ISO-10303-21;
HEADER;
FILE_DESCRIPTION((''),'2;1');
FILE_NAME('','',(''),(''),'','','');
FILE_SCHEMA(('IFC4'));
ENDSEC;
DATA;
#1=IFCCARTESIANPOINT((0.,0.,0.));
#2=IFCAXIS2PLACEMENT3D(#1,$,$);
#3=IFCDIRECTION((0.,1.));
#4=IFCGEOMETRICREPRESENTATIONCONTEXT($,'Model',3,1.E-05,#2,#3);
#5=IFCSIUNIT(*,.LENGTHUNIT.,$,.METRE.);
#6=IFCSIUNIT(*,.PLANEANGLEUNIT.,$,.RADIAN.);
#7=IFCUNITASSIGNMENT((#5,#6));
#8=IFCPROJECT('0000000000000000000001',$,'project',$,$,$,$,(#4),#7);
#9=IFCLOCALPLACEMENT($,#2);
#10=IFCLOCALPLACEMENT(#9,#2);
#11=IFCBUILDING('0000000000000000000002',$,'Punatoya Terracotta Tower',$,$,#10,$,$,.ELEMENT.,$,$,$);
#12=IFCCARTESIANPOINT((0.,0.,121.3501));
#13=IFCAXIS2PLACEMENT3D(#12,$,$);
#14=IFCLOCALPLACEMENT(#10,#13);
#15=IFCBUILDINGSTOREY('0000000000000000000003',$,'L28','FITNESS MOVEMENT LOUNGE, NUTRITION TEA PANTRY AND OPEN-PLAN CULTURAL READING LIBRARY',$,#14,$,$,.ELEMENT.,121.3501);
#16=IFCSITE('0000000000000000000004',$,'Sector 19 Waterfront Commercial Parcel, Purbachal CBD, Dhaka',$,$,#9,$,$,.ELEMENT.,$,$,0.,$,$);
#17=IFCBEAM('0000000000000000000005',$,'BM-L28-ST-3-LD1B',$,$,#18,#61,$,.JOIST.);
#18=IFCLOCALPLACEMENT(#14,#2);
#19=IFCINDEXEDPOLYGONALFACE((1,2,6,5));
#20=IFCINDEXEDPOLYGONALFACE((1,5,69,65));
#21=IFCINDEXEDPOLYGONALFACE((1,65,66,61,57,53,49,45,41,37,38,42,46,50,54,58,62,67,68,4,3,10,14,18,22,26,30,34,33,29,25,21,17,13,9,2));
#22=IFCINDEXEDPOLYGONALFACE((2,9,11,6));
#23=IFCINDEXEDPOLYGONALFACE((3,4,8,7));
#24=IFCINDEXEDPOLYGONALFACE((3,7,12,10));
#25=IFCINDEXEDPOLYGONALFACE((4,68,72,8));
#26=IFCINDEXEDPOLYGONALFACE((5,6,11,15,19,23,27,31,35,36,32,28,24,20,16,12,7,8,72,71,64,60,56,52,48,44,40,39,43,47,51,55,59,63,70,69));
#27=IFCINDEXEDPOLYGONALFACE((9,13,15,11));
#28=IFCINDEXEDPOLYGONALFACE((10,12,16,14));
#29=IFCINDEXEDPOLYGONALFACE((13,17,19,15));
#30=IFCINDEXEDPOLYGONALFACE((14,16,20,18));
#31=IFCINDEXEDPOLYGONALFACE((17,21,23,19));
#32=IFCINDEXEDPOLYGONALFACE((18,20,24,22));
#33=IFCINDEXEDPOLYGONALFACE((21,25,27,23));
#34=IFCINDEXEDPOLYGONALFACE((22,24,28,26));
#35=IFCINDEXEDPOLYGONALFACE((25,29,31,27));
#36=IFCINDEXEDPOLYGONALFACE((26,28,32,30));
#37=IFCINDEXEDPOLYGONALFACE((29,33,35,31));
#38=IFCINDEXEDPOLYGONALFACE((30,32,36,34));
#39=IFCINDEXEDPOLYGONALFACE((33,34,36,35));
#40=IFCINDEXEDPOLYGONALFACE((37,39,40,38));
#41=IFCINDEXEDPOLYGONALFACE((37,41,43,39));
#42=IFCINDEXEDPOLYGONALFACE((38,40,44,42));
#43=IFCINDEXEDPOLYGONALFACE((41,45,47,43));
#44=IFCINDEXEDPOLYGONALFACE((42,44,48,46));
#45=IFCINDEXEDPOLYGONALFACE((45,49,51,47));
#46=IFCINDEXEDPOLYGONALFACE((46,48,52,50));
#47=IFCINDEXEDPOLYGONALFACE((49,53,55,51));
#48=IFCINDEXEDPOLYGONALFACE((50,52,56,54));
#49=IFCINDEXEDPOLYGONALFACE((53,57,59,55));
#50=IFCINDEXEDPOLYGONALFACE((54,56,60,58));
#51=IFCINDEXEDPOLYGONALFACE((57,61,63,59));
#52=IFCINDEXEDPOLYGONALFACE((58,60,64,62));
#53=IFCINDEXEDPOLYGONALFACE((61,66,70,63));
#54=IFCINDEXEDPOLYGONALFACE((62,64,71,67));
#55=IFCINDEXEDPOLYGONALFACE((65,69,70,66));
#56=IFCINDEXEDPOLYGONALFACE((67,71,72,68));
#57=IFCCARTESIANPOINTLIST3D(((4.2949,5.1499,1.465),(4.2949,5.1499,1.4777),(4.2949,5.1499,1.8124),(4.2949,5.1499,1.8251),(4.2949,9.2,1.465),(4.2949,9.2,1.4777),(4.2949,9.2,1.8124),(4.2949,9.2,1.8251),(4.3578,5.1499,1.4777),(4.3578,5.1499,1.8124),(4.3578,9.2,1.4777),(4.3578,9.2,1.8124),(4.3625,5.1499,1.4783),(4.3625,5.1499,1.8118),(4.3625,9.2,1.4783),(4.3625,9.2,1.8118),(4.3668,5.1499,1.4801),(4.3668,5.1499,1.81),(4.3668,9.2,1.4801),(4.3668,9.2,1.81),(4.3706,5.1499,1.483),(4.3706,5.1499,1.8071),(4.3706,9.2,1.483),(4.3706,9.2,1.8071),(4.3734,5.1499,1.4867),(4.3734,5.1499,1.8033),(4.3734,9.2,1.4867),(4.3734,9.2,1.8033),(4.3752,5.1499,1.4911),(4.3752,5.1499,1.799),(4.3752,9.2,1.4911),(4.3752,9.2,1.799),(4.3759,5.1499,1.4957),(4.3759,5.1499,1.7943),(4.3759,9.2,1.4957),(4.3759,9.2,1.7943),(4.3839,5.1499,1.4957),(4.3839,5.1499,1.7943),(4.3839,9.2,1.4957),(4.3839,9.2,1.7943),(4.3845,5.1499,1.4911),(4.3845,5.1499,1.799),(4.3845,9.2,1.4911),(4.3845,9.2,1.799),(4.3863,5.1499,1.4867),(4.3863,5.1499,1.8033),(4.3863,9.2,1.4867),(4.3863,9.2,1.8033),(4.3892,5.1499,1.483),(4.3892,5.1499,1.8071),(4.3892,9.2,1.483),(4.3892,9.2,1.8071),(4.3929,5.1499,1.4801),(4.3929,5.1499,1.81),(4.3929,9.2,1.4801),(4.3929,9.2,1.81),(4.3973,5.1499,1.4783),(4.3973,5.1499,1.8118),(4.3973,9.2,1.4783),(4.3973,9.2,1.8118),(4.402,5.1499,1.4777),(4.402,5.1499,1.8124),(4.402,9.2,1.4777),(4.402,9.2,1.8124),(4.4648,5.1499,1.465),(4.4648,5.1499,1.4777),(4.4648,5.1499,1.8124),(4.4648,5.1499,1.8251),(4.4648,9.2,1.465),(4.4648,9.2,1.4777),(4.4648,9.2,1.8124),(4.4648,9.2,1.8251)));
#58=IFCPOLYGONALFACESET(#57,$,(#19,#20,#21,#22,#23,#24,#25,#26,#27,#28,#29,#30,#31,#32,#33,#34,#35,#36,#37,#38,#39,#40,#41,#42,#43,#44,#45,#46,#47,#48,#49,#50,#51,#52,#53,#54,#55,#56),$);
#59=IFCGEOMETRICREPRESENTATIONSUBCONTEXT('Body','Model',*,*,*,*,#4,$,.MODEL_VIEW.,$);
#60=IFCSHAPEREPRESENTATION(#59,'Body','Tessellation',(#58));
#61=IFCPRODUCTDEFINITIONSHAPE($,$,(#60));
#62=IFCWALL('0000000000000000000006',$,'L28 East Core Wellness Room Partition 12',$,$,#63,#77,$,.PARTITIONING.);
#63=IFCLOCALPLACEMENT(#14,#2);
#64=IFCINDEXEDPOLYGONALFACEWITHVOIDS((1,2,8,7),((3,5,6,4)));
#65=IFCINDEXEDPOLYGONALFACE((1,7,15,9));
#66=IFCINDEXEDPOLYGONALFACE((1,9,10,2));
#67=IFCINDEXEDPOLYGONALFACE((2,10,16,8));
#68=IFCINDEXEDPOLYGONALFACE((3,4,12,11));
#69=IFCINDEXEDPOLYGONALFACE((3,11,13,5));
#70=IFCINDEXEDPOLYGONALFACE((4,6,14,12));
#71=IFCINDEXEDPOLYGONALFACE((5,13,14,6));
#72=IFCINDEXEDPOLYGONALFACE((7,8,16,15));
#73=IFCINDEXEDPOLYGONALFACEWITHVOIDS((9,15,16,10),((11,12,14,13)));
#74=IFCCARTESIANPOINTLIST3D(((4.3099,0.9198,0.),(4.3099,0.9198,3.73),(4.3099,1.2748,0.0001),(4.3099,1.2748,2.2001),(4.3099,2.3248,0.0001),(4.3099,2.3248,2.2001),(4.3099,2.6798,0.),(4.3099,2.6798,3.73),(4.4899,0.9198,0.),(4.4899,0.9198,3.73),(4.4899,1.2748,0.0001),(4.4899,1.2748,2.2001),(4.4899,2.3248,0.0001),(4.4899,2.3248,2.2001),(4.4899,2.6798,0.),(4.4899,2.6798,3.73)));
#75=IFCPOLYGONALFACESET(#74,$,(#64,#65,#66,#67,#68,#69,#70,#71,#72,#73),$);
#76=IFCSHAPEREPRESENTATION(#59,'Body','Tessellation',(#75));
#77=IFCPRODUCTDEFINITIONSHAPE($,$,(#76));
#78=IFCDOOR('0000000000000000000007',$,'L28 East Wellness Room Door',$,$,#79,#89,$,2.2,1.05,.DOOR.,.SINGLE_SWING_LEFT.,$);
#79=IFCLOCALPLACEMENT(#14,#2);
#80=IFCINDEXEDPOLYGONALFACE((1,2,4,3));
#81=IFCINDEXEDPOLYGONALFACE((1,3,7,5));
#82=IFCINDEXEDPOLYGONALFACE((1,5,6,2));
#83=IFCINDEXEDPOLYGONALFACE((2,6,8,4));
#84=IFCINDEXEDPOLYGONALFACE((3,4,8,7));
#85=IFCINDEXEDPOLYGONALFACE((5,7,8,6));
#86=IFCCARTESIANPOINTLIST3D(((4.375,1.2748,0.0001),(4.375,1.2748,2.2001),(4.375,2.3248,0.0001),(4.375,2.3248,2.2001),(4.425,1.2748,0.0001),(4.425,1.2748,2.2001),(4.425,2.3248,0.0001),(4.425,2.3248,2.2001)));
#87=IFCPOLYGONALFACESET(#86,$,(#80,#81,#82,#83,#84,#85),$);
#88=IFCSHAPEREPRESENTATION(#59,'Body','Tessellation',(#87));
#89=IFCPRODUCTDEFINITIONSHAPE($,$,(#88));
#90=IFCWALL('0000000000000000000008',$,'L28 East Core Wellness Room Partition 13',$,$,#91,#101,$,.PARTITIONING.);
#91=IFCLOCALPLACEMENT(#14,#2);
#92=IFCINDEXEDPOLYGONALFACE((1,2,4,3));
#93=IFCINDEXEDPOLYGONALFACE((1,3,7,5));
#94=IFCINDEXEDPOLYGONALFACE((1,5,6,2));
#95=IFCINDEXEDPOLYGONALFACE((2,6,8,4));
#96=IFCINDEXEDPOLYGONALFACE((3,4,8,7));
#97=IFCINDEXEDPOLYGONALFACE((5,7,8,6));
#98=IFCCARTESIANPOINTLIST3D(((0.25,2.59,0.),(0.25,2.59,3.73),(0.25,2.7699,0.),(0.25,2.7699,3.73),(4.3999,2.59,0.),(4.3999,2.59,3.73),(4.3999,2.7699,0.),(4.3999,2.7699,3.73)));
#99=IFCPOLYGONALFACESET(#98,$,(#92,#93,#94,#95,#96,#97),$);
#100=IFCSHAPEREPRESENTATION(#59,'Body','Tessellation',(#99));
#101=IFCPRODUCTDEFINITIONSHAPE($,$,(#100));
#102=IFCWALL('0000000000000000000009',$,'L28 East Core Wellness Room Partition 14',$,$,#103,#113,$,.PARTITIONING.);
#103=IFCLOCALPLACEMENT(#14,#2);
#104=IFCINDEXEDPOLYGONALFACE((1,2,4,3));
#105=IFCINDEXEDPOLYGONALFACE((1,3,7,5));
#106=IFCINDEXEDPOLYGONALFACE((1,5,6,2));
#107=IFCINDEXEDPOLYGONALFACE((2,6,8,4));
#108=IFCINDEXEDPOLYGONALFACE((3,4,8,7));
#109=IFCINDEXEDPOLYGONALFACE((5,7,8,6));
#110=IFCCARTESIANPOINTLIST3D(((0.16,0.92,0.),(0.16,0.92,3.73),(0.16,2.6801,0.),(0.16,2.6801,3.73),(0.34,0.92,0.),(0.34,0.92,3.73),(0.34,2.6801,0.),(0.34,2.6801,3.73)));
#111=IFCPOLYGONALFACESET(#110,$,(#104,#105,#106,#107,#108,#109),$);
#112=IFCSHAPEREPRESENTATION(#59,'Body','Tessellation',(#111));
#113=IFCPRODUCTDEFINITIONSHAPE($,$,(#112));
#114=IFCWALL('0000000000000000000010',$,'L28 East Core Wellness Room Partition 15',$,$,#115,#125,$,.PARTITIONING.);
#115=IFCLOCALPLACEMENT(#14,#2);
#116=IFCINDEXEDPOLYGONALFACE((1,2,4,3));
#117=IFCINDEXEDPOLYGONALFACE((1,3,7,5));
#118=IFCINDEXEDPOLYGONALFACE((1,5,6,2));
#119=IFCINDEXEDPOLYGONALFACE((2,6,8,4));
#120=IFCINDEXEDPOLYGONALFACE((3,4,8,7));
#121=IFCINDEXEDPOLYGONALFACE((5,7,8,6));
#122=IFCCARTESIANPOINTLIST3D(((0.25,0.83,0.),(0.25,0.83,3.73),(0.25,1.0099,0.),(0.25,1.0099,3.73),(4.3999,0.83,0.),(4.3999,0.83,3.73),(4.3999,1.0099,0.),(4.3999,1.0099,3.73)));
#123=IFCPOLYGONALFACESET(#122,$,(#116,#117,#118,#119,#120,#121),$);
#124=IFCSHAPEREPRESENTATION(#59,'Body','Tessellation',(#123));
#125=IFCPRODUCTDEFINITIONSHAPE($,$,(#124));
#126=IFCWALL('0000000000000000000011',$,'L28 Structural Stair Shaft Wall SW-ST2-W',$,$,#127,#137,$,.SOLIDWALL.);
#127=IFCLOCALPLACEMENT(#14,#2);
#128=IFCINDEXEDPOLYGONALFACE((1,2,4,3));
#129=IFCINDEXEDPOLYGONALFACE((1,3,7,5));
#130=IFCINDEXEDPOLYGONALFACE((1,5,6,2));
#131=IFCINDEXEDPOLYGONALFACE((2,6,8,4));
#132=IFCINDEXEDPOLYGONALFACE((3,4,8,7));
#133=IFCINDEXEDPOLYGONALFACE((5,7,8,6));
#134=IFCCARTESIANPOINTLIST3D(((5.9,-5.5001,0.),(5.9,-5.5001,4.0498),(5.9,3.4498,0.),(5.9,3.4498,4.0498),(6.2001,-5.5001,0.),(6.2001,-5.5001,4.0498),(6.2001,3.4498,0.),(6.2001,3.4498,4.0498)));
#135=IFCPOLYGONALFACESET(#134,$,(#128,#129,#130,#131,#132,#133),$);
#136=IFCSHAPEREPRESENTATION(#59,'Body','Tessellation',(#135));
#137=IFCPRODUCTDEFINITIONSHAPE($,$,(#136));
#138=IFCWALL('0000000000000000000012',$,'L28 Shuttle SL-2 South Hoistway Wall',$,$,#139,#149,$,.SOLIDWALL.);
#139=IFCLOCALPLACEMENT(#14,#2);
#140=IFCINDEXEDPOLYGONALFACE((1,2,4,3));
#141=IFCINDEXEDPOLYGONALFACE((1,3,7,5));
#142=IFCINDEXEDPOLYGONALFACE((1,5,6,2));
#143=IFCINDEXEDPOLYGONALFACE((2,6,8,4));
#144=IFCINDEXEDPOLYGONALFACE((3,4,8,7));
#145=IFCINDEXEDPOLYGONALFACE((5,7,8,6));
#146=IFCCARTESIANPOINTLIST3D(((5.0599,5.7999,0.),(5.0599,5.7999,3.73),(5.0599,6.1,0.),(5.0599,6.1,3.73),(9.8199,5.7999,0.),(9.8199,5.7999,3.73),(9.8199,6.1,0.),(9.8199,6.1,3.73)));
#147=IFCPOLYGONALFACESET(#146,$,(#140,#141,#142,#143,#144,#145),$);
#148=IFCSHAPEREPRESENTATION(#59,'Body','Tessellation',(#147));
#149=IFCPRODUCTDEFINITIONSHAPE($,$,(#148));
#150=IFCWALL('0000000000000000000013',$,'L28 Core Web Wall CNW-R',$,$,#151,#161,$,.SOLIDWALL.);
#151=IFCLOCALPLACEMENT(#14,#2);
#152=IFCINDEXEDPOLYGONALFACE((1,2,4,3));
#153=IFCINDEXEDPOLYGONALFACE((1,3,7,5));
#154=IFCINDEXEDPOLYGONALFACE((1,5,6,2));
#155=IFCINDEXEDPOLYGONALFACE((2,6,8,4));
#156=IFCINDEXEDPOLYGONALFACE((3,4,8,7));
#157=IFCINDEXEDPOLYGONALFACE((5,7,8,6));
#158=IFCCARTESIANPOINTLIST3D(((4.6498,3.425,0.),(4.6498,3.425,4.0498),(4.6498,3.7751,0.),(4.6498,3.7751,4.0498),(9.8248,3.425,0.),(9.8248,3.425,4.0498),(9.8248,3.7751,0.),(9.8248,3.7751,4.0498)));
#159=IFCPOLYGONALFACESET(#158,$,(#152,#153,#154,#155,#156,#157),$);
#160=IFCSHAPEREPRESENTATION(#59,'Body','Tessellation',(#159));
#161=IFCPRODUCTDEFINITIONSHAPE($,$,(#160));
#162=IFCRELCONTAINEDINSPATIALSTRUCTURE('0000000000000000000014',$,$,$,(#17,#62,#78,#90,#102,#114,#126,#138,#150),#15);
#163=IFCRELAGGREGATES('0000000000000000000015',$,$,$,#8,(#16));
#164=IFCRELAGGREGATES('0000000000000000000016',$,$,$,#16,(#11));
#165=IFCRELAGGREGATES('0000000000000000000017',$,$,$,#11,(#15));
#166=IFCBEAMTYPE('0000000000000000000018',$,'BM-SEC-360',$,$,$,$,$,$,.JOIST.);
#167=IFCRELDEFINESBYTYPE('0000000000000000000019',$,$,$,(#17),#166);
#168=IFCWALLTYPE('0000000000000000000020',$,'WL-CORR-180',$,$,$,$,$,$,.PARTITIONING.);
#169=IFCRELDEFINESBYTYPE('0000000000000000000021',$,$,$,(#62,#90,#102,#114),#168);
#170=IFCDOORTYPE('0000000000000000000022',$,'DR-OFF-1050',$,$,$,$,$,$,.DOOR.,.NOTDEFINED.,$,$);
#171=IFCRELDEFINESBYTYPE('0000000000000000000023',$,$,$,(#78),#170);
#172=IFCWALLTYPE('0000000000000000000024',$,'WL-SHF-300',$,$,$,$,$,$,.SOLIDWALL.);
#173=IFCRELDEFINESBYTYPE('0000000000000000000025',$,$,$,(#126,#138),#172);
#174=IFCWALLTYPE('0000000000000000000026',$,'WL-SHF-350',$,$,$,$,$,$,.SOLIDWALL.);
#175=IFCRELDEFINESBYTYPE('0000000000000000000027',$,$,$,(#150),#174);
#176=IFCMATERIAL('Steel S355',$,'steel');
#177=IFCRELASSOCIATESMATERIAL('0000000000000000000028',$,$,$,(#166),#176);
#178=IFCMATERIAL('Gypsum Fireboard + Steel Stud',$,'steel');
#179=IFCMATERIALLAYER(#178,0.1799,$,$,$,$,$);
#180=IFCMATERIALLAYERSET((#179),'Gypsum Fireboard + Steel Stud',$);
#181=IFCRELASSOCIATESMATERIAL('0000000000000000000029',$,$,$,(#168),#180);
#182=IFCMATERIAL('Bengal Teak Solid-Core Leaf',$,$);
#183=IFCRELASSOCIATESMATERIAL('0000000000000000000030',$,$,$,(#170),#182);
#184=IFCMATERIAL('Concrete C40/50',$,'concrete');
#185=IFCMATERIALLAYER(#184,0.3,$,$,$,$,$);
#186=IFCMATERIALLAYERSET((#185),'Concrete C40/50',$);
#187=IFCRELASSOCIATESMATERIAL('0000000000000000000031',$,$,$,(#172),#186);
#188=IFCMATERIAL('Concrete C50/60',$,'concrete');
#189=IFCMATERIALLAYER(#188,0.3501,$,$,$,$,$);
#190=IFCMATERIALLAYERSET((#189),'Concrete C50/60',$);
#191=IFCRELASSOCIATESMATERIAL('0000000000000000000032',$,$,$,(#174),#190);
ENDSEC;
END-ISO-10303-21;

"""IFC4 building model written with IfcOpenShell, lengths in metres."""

from ifc_helpers import new_model, si_unit, direction, frame, frame_2d, origin, origin_2d, place, context, subcontext, project, spatial, rectangle, i_section, extrude, material, layer, layer_set, material_profile, profile_set, type_object, element, fill, save


model = new_model("IFC4")

# Units and contexts
model_context = context("Model", 3, precision=1e-05, world=origin(), true_north=direction((0.0, 1.0)))
body_context = subcontext(model_context, "Body", "Model", "MODEL_VIEW")
ifc_project = project(units=[si_unit("LENGTHUNIT", "METRE"), si_unit("PLANEANGLEUNIT", "RADIAN")], contexts=[model_context])

# Site, building, storey
site_placement = place(None, origin())
site = spatial("IfcSite", under=ifc_project, at=site_placement, Name="Sector 19 Waterfront Commercial Parcel, Purbachal CBD, Dhaka", CompositionType="ELEMENT", RefElevation=0.0)
building_placement = place(site_placement, origin())
building = spatial("IfcBuilding", under=site, at=building_placement, Name="Punatoya Terracotta Tower", CompositionType="ELEMENT")
storey_placement = place(building_placement, frame((0.0, 0.0, 121.3501)))
storey = spatial("IfcBuildingStorey", under=building, at=storey_placement, Name="L28", Description="FITNESS MOVEMENT LOUNGE, NUTRITION TEA PANTRY AND OPEN-PLAN CULTURAL READING LIBRARY", CompositionType="ELEMENT", Elevation=121.3501)

# Beam
ifc_material_1 = material(Name="Steel S355", Category="steel")
ifc_material_profile_1 = material_profile(ifc_material_1, i_section(OverallWidth=0.1699, OverallDepth=0.3601, WebThickness=0.0081, FlangeThickness=0.0127, FilletRadius=0.0181, at=origin_2d()))
ifc_profile_set_1 = profile_set([ifc_material_profile_1], Name="Steel S355")
beam_type_1 = type_object("IfcBeamType", Name="BM-SEC-360", PredefinedType="JOIST", material=ifc_profile_set_1)
for number, where, z_axis, x_axis, name in (
    (1, (4.3799, 5.1499, 1.645), (0.0, 1.0, 0.0), (-1.0, 0.0, 0.0), "BM-L28-ST-3-LD1B"),
):
    element("IfcBeam", number, at=place(storey_placement, frame(where, z_axis=z_axis, x_axis=x_axis)), inside=storey, type_object=beam_type_1, Name=name, PredefinedType="JOIST", context=body_context, shape_type="SweptSolid", body=[
        extrude(i_section(OverallWidth=0.1699, OverallDepth=0.3601, WebThickness=0.0081, FlangeThickness=0.0127, FilletRadius=0.0181, at=origin_2d()), origin(), (0.0, 0.0, 1.0), 4.05),
    ])

# Wall, opening, door
ifc_material_2 = material(Name="Gypsum Fireboard + Steel Stud", Category="steel")
ifc_layer_1 = layer(ifc_material_2, 0.1799)
ifc_layer_set_1 = layer_set([ifc_layer_1], Name="Gypsum Fireboard + Steel Stud")
wall_type_1 = type_object("IfcWallType", Name="WL-CORR-180", PredefinedType="PARTITIONING", material=ifc_layer_set_1)
wall_1_placement = place(storey_placement, frame((4.3999, 0.9199, 0.0), z_axis=(0.0, 0.0, 1.0), x_axis=(0.0, 1.0, 0.0)))
wall_1 = element("IfcWall", 2, at=wall_1_placement, inside=storey, type_object=wall_type_1, Name="L28 East Core Wellness Room Partition 12", PredefinedType="PARTITIONING", context=body_context, shape_type="SweptSolid", body=[
    extrude(rectangle(XDim=1.76, YDim=0.1799, at=frame_2d((0.8799, 0.0))), origin(), (0.0, 0.0, 1.0), 3.73),
])
opening_placement = place(wall_1_placement, frame((0.355, 0.0, 0.0)))
opening = element("IfcOpeningElement", 3, at=opening_placement, cuts=wall_1, PredefinedType="OPENING", context=body_context, shape_type="SweptSolid", body=[
    extrude(rectangle(XDim=1.05, YDim=2.2, at=frame_2d((0.5249, 1.1001))), frame((0.0, 0.0999, 0.0), z_axis=(0.0, -1.0, 0.0), x_axis=(1.0, 0.0, 0.0)), (0.0, 0.0, 1.0), 0.2),
])
ifc_material_3 = material(Name="Bengal Teak Solid-Core Leaf")
door_type = type_object("IfcDoorType", Name="DR-OFF-1050", OperationType="NOTDEFINED", PredefinedType="DOOR", material=ifc_material_3)
door_placement = place(opening_placement, origin())
door = element("IfcDoor", 4, at=door_placement, inside=storey, type_object=door_type, Name="L28 East Wellness Room Door", OperationType="SINGLE_SWING_LEFT", OverallHeight=2.2, OverallWidth=1.05, PredefinedType="DOOR", context=body_context, shape_type="SweptSolid", body=[
    extrude(rectangle(XDim=1.05, YDim=2.2, at=frame_2d((0.5249, 1.1001))), frame((0.0, 0.0249, 0.0), z_axis=(0.0, -1.0, 0.0), x_axis=(1.0, 0.0, 0.0)), (0.0, 0.0, 1.0), 0.05),
])
fill(opening, door)

# Walls
wall_2_placement = place(storey_placement, frame((4.3999, 2.6799, 0.0), z_axis=(0.0, 0.0, 1.0), x_axis=(-1.0, 0.0, 0.0)))
element("IfcWall", 5, at=wall_2_placement, inside=storey, type_object=wall_type_1, Name="L28 East Core Wellness Room Partition 13", PredefinedType="PARTITIONING", context=body_context, shape_type="SweptSolid", body=[
    extrude(rectangle(XDim=4.1499, YDim=0.1799, at=frame_2d((2.075, 0.0))), origin(), (0.0, 0.0, 1.0), 3.73),
])
wall_3_placement = place(storey_placement, frame((0.25, 2.6799, 0.0), z_axis=(0.0, 0.0, 1.0), x_axis=(0.0, -1.0, 0.0)))
element("IfcWall", 6, at=wall_3_placement, inside=storey, type_object=wall_type_1, Name="L28 East Core Wellness Room Partition 14", PredefinedType="PARTITIONING", context=body_context, shape_type="SweptSolid", body=[
    extrude(rectangle(XDim=1.76, YDim=0.1799, at=frame_2d((0.8799, 0.0))), origin(), (0.0, 0.0, 1.0), 3.73),
])
wall_4_placement = place(storey_placement, frame((0.25, 0.9199, 0.0), z_axis=(0.0, 0.0, 1.0), x_axis=(1.0, 0.0, 0.0)))
element("IfcWall", 7, at=wall_4_placement, inside=storey, type_object=wall_type_1, Name="L28 East Core Wellness Room Partition 15", PredefinedType="PARTITIONING", context=body_context, shape_type="SweptSolid", body=[
    extrude(rectangle(XDim=4.1499, YDim=0.1799, at=frame_2d((2.075, 0.0))), origin(), (0.0, 0.0, 1.0), 3.73),
])
ifc_material_4 = material(Name="Concrete C40/50", Category="concrete")
ifc_layer_2 = layer(ifc_material_4, 0.3)
ifc_layer_set_2 = layer_set([ifc_layer_2], Name="Concrete C40/50")
wall_type_2 = type_object("IfcWallType", Name="WL-SHF-300", PredefinedType="SOLIDWALL", material=ifc_layer_set_2)
wall_5_placement = place(storey_placement, frame((6.05, 3.45, 0.0), z_axis=(0.0, 0.0, 1.0), x_axis=(0.0, -1.0, 0.0)))
element("IfcWall", 8, at=wall_5_placement, inside=storey, type_object=wall_type_2, Name="L28 Structural Stair Shaft Wall SW-ST2-W", PredefinedType="SOLIDWALL", context=body_context, shape_type="SweptSolid", body=[
    extrude(rectangle(XDim=8.95, YDim=0.3, at=frame_2d((4.4751, 0.0))), origin(), (0.0, 0.0, 1.0), 4.0498),
])
wall_6_placement = place(storey_placement, frame((5.0601, 5.95, 0.0), z_axis=(0.0, 0.0, 1.0), x_axis=(1.0, 0.0, 0.0)))
element("IfcWall", 9, at=wall_6_placement, inside=storey, type_object=wall_type_2, Name="L28 Shuttle SL-2 South Hoistway Wall", PredefinedType="SOLIDWALL", context=body_context, shape_type="SweptSolid", body=[
    extrude(rectangle(XDim=4.76, YDim=0.3, at=frame_2d((2.3799, 0.0))), origin(), (0.0, 0.0, 1.0), 3.73),
])
ifc_material_5 = material(Name="Concrete C50/60", Category="concrete")
ifc_layer_3 = layer(ifc_material_5, 0.3501)
ifc_layer_set_3 = layer_set([ifc_layer_3], Name="Concrete C50/60")
wall_type_3 = type_object("IfcWallType", Name="WL-SHF-350", PredefinedType="SOLIDWALL", material=ifc_layer_set_3)
wall_7_placement = place(storey_placement, frame((4.6499, 3.6001, 0.0), z_axis=(0.0, 0.0, 1.0), x_axis=(1.0, 0.0, 0.0)))
element("IfcWall", 10, at=wall_7_placement, inside=storey, type_object=wall_type_3, Name="L28 Core Web Wall CNW-R", PredefinedType="SOLIDWALL", context=body_context, shape_type="SweptSolid", body=[
    extrude(rectangle(XDim=5.175, YDim=0.3501, at=frame_2d((2.5874, 0.0))), origin(), (0.0, 0.0, 1.0), 4.0498),
])

save(model, "model.ifc")
